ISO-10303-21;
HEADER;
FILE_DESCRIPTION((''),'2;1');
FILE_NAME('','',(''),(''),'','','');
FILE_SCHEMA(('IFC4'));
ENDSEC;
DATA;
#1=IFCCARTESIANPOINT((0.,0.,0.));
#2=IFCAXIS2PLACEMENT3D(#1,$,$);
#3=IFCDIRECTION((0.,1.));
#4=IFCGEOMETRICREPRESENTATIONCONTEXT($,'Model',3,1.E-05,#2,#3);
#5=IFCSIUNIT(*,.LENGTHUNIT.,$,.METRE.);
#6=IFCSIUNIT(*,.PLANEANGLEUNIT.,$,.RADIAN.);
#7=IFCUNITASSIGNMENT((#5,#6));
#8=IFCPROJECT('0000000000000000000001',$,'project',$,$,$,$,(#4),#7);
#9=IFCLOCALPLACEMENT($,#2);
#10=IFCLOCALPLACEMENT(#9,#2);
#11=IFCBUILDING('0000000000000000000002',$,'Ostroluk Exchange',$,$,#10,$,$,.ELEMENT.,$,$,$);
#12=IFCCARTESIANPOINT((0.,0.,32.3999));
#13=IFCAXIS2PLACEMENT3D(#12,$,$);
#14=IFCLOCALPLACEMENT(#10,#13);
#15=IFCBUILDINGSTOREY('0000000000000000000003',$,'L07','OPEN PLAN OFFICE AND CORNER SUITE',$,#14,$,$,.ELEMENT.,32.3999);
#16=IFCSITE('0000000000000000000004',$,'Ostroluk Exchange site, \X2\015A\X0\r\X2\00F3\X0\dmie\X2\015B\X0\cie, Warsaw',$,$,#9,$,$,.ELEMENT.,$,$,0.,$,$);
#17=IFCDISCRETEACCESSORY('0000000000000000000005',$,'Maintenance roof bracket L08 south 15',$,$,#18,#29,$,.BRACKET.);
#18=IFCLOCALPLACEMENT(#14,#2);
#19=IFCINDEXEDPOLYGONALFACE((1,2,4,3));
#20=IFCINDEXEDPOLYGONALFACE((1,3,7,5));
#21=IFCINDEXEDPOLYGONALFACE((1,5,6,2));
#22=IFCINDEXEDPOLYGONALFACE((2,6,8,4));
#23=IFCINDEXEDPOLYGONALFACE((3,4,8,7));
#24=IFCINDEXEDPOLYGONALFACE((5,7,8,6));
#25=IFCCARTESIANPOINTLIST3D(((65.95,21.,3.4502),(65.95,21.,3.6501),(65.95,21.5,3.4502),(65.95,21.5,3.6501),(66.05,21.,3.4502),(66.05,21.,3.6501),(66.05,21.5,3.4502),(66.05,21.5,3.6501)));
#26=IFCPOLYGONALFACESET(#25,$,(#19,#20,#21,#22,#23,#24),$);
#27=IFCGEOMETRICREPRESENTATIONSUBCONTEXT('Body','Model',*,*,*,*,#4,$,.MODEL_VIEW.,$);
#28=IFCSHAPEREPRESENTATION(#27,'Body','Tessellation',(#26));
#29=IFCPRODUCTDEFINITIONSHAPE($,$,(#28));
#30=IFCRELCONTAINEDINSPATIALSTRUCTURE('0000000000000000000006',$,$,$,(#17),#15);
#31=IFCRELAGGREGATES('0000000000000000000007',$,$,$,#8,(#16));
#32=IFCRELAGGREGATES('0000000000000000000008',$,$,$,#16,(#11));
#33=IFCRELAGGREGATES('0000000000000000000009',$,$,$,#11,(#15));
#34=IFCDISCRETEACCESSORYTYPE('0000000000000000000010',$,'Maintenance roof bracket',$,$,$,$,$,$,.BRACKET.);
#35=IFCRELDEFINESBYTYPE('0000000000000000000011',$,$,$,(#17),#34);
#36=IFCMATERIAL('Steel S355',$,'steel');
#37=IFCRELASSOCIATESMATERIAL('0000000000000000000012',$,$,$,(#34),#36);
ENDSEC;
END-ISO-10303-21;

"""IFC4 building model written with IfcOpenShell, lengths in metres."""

from ifc_helpers import new_model, si_unit, direction, frame, origin, origin_2d, place, context, subcontext, project, spatial, rectangle, extrude, material, type_object, element, save


model = new_model("IFC4")

# Units and contexts
model_context = context("Model", 3, precision=1e-05, world=origin(), true_north=direction((0.0, 1.0)))
body_context = subcontext(model_context, "Body", "Model", "MODEL_VIEW")
ifc_project = project(units=[si_unit("LENGTHUNIT", "METRE"), si_unit("PLANEANGLEUNIT", "RADIAN")], contexts=[model_context])

# Site, building, storey
site_placement = place(None, origin())
site = spatial("IfcSite", under=ifc_project, at=site_placement, Name="Ostroluk Exchange site, Śródmieście, Warsaw", CompositionType="ELEMENT", RefElevation=0.0)
building_placement = place(site_placement, origin())
building = spatial("IfcBuilding", under=site, at=building_placement, Name="Ostroluk Exchange", CompositionType="ELEMENT")
storey_placement = place(building_placement, frame((0.0, 0.0, 32.3999)))
storey = spatial("IfcBuildingStorey", under=building, at=storey_placement, Name="L07", Description="OPEN PLAN OFFICE AND CORNER SUITE", CompositionType="ELEMENT", Elevation=32.3999)

# Discrete accessory
ifc_material_1 = material(Name="Steel S355", Category="steel")
discrete_accessory_type = type_object("IfcDiscreteAccessoryType", Name="Maintenance roof bracket", PredefinedType="BRACKET", material=ifc_material_1)
for number, where, z_axis, x_axis, name in (
    (1, (66.0, 21.25, 3.4502), (0.0, 0.0, 1.0), (1.0, 0.0, 0.0), "Maintenance roof bracket L08 south 15"),
):
    element("IfcDiscreteAccessory", number, at=place(storey_placement, frame(where, z_axis=z_axis, x_axis=x_axis)), inside=storey, type_object=discrete_accessory_type, Name=name, PredefinedType="BRACKET", context=body_context, shape_type="SweptSolid", body=[
        extrude(rectangle(XDim=0.1001, YDim=0.5, at=origin_2d()), origin(), (0.0, 0.0, 1.0), 0.2),
    ])

save(model, "model.ifc")
